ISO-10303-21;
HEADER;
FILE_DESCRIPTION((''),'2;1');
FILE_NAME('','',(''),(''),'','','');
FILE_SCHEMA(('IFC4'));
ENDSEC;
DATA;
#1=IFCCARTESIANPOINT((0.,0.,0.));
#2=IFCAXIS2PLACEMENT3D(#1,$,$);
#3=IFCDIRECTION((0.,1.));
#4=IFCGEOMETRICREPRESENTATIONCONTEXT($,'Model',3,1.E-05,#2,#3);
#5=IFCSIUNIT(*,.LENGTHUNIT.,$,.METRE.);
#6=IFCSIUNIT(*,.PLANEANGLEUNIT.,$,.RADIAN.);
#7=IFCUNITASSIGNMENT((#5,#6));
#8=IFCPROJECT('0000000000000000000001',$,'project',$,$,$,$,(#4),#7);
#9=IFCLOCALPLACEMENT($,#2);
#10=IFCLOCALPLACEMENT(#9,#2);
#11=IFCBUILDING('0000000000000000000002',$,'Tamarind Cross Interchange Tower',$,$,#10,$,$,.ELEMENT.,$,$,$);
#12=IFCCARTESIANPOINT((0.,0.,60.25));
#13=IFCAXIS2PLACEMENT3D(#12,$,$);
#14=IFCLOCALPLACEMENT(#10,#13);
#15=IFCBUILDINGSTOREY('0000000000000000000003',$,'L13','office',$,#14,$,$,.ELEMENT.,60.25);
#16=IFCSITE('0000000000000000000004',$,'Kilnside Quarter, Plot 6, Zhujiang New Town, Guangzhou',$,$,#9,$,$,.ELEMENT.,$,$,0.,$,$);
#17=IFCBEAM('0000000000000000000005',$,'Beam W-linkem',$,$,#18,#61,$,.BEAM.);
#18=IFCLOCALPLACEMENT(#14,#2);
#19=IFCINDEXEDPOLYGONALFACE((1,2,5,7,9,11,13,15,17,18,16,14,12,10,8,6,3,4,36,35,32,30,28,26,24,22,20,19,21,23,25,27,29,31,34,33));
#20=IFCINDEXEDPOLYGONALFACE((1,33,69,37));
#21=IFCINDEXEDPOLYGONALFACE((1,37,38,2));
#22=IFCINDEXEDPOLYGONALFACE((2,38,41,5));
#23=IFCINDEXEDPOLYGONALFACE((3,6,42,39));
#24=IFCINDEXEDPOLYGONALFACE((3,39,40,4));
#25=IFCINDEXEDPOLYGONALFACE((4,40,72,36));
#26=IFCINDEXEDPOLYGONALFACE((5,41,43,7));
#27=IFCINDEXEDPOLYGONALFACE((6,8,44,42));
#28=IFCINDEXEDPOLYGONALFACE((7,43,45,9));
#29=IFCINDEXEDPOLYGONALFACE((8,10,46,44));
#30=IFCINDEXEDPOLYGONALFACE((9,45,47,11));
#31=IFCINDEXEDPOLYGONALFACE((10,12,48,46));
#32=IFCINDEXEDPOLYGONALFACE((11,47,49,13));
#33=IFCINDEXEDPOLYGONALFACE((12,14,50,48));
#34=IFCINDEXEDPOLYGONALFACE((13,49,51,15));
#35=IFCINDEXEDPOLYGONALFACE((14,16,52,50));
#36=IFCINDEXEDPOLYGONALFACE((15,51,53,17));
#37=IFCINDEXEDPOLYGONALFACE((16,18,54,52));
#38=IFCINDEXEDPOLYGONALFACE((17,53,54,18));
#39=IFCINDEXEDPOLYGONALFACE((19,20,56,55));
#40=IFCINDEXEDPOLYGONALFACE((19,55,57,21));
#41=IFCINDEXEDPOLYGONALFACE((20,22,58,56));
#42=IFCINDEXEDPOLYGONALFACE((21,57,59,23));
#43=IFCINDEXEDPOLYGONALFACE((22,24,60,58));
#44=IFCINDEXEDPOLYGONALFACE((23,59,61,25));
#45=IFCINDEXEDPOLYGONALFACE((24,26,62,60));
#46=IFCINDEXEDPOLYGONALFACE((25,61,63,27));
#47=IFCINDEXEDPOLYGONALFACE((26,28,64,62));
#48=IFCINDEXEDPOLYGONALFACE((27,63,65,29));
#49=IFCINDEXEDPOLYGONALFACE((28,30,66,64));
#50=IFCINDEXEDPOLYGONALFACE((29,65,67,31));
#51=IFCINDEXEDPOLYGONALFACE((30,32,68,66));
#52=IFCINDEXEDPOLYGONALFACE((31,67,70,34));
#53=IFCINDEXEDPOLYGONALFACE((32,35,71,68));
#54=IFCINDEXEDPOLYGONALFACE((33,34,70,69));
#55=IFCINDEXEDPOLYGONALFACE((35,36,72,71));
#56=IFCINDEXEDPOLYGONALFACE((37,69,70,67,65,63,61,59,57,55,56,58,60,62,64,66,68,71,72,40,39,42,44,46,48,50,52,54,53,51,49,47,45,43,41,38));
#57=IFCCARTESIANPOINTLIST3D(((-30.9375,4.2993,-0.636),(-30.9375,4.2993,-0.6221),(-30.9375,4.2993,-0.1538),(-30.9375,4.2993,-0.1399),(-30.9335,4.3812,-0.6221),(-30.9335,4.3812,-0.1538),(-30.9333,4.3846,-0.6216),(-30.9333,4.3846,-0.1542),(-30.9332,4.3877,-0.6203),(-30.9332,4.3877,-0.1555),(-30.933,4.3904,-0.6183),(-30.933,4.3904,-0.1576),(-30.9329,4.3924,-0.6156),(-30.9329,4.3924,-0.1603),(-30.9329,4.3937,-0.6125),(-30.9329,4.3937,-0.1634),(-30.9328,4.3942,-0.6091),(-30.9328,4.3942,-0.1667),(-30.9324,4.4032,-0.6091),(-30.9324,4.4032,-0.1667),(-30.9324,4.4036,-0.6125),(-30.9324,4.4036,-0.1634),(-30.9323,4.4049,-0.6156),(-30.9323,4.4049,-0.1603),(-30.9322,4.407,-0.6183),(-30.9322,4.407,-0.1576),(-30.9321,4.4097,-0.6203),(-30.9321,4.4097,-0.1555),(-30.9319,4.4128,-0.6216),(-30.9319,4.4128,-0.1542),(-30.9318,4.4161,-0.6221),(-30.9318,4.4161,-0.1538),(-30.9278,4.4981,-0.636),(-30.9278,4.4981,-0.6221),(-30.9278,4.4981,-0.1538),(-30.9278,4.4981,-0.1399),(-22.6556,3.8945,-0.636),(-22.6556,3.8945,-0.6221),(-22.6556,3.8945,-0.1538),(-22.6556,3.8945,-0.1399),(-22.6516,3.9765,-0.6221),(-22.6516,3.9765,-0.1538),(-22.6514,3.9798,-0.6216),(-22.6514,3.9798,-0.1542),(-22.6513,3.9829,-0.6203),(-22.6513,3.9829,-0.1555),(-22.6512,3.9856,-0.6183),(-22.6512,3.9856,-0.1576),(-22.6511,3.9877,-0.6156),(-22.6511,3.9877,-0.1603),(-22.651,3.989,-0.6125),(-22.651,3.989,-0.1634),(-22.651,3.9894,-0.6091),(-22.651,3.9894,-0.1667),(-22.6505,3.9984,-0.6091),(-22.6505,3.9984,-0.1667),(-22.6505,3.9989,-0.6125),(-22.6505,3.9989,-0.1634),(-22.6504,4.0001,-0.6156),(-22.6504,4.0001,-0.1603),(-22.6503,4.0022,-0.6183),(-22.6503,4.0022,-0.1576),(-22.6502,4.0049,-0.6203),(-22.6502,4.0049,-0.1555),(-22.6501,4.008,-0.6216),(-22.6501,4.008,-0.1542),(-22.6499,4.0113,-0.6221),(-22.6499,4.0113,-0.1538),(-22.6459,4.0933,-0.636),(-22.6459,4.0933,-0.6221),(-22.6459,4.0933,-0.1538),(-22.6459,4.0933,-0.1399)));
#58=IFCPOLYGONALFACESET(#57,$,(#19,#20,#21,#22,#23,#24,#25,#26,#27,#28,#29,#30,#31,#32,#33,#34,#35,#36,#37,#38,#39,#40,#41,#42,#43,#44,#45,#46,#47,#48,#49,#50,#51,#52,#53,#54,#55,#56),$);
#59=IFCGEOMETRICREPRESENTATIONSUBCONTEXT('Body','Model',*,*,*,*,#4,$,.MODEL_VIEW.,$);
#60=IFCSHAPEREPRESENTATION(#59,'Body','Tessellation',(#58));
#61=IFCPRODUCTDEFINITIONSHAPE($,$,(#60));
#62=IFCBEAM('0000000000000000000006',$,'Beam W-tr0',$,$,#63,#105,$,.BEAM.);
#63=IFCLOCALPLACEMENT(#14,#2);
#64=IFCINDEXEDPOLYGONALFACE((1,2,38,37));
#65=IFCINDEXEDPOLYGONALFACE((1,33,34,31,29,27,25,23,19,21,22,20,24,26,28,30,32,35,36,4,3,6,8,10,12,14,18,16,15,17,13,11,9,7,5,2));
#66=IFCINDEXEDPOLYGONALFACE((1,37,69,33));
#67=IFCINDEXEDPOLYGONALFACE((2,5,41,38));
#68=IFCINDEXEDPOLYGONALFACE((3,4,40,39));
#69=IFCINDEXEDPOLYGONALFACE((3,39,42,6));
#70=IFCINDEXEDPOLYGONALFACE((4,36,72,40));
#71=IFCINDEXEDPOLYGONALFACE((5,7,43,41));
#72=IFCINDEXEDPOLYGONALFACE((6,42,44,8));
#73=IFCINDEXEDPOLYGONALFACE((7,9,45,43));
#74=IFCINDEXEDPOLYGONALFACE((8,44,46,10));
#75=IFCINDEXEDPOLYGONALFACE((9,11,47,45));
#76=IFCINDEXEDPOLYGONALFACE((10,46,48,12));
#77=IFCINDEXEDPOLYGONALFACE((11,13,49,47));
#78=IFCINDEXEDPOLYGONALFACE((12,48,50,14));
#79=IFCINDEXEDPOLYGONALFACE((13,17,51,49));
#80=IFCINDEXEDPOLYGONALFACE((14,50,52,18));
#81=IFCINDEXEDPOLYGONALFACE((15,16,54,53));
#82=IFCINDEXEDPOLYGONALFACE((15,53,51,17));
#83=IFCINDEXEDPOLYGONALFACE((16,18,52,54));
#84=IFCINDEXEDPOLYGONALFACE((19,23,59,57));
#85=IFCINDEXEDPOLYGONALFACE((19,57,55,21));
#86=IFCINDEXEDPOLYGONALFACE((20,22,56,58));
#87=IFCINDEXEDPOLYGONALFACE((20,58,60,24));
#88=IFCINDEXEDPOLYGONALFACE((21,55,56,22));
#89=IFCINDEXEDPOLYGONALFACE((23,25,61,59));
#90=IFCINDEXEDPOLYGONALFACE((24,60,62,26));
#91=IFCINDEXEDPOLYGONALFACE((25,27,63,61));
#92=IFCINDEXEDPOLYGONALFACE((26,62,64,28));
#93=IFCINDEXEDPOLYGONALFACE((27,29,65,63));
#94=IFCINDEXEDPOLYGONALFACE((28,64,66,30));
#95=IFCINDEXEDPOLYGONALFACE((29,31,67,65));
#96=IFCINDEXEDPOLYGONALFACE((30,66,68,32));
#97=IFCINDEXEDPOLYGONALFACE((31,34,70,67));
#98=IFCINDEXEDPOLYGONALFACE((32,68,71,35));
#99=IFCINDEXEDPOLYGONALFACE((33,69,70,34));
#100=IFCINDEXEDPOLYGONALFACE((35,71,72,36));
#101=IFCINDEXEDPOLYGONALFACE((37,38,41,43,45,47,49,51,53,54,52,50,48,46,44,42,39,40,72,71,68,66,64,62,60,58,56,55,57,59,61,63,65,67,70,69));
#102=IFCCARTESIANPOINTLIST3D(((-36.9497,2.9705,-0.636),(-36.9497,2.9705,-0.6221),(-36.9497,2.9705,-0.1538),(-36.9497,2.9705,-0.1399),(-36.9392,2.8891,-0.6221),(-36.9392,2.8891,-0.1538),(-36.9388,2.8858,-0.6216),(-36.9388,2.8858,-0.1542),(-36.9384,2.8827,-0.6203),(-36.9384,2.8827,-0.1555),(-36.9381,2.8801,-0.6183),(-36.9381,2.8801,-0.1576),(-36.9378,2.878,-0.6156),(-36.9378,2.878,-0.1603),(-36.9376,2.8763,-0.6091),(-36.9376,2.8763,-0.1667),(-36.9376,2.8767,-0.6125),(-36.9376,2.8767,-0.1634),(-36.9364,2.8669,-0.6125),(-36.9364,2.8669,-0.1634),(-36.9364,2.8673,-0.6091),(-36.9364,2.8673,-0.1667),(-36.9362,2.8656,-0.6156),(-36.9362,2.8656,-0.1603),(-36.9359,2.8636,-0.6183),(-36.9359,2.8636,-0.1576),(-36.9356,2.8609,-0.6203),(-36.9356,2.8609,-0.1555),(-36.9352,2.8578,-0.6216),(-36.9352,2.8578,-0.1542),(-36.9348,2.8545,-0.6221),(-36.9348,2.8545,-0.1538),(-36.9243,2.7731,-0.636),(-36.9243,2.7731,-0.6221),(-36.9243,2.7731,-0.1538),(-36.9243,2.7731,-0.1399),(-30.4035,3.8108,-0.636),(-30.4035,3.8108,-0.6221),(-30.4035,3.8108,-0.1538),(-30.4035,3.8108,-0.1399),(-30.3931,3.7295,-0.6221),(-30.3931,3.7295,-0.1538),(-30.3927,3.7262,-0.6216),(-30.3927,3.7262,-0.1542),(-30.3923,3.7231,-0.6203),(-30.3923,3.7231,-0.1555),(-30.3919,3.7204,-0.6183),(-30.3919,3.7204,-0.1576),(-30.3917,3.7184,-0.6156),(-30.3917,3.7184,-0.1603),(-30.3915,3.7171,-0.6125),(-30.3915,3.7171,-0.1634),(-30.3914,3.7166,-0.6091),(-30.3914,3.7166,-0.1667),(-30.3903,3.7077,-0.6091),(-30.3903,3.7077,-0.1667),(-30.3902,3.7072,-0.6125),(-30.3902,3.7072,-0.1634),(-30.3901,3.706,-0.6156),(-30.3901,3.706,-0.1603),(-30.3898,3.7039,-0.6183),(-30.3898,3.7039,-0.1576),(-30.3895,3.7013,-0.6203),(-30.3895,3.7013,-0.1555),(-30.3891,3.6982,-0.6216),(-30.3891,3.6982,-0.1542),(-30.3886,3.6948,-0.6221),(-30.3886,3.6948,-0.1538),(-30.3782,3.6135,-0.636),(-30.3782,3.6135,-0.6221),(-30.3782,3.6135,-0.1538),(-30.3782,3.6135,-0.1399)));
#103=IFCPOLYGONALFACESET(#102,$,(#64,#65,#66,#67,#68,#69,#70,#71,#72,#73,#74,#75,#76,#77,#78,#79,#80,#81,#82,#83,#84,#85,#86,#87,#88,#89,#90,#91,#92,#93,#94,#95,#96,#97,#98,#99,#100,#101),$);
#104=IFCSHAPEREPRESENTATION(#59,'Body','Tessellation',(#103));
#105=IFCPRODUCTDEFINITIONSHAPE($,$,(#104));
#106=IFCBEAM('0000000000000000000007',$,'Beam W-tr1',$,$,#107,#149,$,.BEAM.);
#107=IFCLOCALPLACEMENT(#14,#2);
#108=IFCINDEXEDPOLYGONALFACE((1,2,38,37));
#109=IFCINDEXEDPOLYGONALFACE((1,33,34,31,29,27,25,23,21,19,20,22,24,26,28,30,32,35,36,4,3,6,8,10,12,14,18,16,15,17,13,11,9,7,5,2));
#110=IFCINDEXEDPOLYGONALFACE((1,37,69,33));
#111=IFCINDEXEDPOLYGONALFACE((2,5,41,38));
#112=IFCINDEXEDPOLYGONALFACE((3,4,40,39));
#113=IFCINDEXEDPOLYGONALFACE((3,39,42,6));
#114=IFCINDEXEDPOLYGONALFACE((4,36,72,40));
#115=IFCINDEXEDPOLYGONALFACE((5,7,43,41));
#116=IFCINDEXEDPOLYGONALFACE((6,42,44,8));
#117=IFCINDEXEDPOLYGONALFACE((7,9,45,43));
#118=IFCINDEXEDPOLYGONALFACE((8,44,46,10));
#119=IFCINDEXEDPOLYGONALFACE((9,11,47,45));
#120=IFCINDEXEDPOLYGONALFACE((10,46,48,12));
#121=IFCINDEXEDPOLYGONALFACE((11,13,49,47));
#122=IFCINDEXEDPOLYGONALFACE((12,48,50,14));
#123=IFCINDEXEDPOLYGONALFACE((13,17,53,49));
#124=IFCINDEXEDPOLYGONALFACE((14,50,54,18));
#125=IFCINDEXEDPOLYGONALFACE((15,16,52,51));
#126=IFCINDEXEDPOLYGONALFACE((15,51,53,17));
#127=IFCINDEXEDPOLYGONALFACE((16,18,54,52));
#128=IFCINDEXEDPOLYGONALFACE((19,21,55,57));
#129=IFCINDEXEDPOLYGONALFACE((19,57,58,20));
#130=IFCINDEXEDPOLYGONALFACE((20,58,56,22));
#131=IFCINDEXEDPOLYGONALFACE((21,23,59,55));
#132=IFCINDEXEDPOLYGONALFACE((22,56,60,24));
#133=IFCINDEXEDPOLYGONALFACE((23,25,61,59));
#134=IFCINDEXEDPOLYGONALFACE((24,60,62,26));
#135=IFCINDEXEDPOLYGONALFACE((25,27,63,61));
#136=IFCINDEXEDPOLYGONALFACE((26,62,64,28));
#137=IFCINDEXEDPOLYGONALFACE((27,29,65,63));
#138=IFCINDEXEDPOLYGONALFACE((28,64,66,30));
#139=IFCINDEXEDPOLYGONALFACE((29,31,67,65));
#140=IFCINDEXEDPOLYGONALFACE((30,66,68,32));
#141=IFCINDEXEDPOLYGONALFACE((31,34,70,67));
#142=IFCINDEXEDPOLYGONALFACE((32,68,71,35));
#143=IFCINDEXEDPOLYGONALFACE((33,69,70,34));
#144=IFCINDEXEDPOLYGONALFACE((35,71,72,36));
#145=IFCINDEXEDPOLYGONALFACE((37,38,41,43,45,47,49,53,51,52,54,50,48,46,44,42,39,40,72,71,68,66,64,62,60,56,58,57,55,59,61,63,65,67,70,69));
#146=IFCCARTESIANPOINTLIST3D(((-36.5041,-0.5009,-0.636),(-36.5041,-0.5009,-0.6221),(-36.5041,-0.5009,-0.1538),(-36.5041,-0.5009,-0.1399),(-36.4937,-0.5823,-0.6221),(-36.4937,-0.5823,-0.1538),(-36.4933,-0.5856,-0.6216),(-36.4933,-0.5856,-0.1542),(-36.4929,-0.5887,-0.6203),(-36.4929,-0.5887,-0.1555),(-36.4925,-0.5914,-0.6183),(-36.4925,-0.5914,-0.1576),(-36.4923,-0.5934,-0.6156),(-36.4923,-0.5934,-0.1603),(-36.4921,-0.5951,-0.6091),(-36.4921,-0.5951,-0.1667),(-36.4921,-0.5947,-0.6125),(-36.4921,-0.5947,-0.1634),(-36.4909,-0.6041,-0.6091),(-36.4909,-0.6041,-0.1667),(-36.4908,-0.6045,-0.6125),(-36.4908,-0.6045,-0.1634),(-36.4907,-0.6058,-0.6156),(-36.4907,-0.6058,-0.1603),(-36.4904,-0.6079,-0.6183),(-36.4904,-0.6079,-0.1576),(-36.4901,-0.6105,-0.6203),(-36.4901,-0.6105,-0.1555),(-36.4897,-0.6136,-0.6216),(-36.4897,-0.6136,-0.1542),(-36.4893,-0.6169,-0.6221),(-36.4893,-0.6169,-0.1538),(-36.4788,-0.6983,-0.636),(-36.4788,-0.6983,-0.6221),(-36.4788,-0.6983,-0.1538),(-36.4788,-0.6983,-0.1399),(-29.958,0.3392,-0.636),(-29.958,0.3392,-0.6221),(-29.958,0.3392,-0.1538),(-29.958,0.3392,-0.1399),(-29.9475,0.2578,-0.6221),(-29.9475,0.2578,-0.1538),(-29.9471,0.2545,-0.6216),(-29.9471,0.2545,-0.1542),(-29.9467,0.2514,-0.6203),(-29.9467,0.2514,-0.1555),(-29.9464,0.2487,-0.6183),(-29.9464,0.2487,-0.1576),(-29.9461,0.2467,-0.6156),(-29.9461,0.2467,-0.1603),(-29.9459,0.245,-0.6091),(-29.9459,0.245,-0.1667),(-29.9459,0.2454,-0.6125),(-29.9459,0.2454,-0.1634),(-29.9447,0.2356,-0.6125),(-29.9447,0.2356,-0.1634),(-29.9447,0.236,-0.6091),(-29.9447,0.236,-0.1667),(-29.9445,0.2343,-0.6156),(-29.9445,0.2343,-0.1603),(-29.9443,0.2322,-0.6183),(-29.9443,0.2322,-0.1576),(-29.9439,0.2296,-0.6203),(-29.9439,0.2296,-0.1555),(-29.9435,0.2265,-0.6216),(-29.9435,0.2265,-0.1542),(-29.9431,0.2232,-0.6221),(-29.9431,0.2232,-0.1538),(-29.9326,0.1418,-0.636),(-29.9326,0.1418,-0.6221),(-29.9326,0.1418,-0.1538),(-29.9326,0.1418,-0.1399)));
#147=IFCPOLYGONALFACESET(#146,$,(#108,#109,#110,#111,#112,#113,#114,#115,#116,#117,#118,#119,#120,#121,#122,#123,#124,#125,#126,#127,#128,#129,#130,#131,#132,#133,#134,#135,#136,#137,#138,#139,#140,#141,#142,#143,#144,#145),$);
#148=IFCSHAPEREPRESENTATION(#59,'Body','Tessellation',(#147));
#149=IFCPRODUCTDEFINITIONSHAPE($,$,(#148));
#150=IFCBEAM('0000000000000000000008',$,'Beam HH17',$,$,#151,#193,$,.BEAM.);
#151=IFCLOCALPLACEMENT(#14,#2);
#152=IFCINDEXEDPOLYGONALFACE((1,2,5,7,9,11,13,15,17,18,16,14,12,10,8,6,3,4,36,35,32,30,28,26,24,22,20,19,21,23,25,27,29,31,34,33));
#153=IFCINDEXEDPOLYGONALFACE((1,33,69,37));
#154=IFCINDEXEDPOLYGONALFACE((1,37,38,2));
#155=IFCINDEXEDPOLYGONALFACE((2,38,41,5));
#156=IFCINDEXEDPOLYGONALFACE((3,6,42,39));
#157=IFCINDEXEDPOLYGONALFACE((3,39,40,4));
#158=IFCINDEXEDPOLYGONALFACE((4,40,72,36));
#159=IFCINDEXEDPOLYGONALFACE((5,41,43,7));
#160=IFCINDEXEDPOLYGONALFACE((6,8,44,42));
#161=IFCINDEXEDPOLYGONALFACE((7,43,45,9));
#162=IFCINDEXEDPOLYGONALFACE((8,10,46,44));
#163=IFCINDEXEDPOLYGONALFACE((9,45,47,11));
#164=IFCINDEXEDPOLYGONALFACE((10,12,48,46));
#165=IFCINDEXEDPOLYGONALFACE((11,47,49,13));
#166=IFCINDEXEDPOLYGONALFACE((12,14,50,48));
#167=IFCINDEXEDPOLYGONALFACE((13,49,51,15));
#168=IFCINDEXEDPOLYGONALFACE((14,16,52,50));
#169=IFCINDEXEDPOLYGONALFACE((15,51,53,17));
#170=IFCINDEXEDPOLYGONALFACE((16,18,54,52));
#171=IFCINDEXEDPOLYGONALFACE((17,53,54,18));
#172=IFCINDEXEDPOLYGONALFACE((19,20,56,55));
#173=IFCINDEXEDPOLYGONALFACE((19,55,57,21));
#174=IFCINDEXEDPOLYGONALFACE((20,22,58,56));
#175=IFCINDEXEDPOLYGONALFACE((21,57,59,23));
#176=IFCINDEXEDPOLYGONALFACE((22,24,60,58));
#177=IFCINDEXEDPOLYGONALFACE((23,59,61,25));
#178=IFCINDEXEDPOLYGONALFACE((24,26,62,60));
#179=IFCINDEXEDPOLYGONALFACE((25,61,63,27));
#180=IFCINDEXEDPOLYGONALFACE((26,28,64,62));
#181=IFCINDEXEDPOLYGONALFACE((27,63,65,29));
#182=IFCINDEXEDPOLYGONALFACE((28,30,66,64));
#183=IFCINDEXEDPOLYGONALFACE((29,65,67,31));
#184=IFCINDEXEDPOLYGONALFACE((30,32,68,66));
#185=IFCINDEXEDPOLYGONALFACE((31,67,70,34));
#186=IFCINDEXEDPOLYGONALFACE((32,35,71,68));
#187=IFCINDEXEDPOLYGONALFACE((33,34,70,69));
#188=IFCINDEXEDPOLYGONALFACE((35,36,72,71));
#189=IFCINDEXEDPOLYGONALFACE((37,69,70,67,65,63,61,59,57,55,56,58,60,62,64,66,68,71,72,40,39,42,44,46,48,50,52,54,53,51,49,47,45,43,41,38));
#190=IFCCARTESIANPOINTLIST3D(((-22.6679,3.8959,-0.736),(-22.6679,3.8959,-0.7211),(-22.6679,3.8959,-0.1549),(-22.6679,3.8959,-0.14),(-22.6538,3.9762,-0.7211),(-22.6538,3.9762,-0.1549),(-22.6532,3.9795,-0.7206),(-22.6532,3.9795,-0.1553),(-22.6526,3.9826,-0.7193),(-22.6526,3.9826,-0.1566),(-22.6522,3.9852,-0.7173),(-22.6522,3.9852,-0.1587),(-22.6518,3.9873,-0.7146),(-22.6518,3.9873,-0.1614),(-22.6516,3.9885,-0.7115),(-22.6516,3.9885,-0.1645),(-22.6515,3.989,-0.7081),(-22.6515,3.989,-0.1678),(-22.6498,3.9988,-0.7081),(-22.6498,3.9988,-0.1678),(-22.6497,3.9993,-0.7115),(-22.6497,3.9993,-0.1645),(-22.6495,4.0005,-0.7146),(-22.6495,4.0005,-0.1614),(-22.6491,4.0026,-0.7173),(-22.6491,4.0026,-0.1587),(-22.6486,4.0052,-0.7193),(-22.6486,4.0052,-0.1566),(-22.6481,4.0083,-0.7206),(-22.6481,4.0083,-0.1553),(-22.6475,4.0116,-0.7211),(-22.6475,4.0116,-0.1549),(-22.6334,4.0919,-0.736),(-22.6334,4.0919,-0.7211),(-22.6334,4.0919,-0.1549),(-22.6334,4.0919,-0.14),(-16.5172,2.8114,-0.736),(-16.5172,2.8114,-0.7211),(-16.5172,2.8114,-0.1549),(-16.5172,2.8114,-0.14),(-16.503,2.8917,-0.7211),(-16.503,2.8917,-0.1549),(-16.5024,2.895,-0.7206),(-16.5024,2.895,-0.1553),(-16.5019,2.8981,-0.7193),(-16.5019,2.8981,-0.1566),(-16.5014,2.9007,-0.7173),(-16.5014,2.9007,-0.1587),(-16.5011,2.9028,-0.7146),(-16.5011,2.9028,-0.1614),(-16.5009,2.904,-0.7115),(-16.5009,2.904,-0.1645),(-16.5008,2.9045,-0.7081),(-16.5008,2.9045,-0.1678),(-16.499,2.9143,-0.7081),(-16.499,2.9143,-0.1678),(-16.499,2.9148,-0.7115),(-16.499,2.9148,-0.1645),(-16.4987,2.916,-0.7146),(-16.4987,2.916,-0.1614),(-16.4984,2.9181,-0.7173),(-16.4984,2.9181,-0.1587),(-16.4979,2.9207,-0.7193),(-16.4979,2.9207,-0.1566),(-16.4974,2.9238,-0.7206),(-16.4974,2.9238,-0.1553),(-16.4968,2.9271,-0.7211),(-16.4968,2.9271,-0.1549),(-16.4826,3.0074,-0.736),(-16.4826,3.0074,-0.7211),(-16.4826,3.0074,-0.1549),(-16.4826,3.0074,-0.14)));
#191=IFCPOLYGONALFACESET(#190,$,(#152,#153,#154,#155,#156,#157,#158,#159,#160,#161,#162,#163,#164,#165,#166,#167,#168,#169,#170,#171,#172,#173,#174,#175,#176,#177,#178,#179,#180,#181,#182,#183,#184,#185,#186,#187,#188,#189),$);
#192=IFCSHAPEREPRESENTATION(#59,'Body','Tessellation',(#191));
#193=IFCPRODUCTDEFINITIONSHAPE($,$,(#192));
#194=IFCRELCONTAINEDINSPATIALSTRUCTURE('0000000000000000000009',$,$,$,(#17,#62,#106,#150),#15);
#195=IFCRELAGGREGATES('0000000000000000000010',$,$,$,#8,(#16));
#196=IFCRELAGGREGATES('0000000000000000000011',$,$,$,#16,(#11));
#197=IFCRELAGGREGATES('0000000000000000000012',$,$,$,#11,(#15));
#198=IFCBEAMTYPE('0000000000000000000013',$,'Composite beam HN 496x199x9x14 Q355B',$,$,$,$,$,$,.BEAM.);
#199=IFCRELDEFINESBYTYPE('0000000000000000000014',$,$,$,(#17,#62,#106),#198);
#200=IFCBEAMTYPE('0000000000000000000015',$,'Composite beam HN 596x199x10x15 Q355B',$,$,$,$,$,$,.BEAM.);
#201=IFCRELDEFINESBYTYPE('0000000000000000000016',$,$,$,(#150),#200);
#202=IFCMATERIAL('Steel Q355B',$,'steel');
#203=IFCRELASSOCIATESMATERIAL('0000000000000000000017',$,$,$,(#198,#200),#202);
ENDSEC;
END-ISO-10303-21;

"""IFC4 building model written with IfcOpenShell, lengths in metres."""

from ifc_helpers import new_model, si_unit, direction, frame, origin, origin_2d, place, context, subcontext, project, spatial, i_section, extrude, material, material_profile, profile_set, type_object, element, save


model = new_model("IFC4")

# Units and contexts
model_context = context("Model", 3, precision=1e-05, world=origin(), true_north=direction((0.0, 1.0)))
body_context = subcontext(model_context, "Body", "Model", "MODEL_VIEW")
ifc_project = project(units=[si_unit("LENGTHUNIT", "METRE"), si_unit("PLANEANGLEUNIT", "RADIAN")], contexts=[model_context])

# Site, building, storey
site_placement = place(None, origin())
site = spatial("IfcSite", under=ifc_project, at=site_placement, Name="Kilnside Quarter, Plot 6, Zhujiang New Town, Guangzhou", CompositionType="ELEMENT", RefElevation=0.0)
building_placement = place(site_placement, origin())
building = spatial("IfcBuilding", under=site, at=building_placement, Name="Tamarind Cross Interchange Tower", CompositionType="ELEMENT")
storey_placement = place(building_placement, frame((0.0, 0.0, 60.25)))
storey = spatial("IfcBuildingStorey", under=building, at=storey_placement, Name="L13", Description="office", CompositionType="ELEMENT", Elevation=60.25)

# Beams
ifc_material_1 = material(Name="Steel Q355B", Category="steel")
ifc_material_profile_1 = material_profile(ifc_material_1, i_section(OverallWidth=0.199, OverallDepth=0.4961, WebThickness=0.009, FlangeThickness=0.0139, FilletRadius=0.0129, at=origin_2d()), Name="HN 496x199x9x14")
ifc_profile_set_1 = profile_set([ifc_material_profile_1], Name="Steel Q355B")
beam_type_1 = type_object("IfcBeamType", Name="Composite beam HN 496x199x9x14 Q355B", PredefinedType="BEAM", material=ifc_profile_set_1)
beam_1_placement = place(storey_placement, frame((-30.9326, 4.3987, -0.3879), z_axis=(0.998808, -0.048817, 0.0), x_axis=(0.048817, 0.998808, 0.0)))
element("IfcBeam", 1, at=beam_1_placement, inside=storey, type_object=beam_type_1, Name="Beam W-linkem", PredefinedType="BEAM", context=body_context, shape_type="SweptSolid", body=[
    extrude(i_section(OverallWidth=0.199, OverallDepth=0.4961, WebThickness=0.009, FlangeThickness=0.0139, FilletRadius=0.0129, at=origin_2d()), origin(), (0.0, 0.0, 1.0), 8.2917),
])
for number, where, z_axis, x_axis, name in (
    (2, (-30.3909, 3.7122, -0.3879), (-0.991861, -0.127326, 0.0), (0.127326, -0.991861, 0.0), "Beam W-tr0"),
    (3, (-29.9453, 0.2405, -0.3879), (-0.991866, -0.127289, 0.0), (0.127289, -0.991866, 0.0), "Beam W-tr1"),
):
    element("IfcBeam", number, at=place(storey_placement, frame(where, z_axis=z_axis, x_axis=x_axis)), inside=storey, type_object=beam_type_1, Name=name, PredefinedType="BEAM", context=body_context, shape_type="SweptSolid", body=[
        extrude(i_section(OverallWidth=0.199, OverallDepth=0.4961, WebThickness=0.009, FlangeThickness=0.0139, FilletRadius=0.0129, at=origin_2d()), origin(), (0.0, 0.0, 1.0), 6.5999),
    ])
ifc_material_profile_2 = material_profile(ifc_material_1, i_section(OverallWidth=0.199, OverallDepth=0.5959, WebThickness=0.01, FlangeThickness=0.0149, FilletRadius=0.0129, at=origin_2d()), Name="HN 596x199x10x15")
ifc_profile_set_2 = profile_set([ifc_material_profile_2], Name="Steel Q355B")
beam_type_2 = type_object("IfcBeamType", Name="Composite beam HN 596x199x10x15 Q355B", PredefinedType="BEAM", material=ifc_profile_set_2)
beam_2_placement = place(storey_placement, frame((-22.6506, 3.9939, -0.438), z_axis=(0.984809, -0.17364, 0.0), x_axis=(0.17364, 0.984809, 0.0)))
element("IfcBeam", 4, at=beam_2_placement, inside=storey, type_object=beam_type_2, Name="Beam HH17", PredefinedType="BEAM", context=body_context, shape_type="SweptSolid", body=[
    extrude(i_section(OverallWidth=0.199, OverallDepth=0.5959, WebThickness=0.01, FlangeThickness=0.0149, FilletRadius=0.0129, at=origin_2d()), origin(), (0.0, 0.0, 1.0), 6.2456),
])

save(model, "model.ifc")
